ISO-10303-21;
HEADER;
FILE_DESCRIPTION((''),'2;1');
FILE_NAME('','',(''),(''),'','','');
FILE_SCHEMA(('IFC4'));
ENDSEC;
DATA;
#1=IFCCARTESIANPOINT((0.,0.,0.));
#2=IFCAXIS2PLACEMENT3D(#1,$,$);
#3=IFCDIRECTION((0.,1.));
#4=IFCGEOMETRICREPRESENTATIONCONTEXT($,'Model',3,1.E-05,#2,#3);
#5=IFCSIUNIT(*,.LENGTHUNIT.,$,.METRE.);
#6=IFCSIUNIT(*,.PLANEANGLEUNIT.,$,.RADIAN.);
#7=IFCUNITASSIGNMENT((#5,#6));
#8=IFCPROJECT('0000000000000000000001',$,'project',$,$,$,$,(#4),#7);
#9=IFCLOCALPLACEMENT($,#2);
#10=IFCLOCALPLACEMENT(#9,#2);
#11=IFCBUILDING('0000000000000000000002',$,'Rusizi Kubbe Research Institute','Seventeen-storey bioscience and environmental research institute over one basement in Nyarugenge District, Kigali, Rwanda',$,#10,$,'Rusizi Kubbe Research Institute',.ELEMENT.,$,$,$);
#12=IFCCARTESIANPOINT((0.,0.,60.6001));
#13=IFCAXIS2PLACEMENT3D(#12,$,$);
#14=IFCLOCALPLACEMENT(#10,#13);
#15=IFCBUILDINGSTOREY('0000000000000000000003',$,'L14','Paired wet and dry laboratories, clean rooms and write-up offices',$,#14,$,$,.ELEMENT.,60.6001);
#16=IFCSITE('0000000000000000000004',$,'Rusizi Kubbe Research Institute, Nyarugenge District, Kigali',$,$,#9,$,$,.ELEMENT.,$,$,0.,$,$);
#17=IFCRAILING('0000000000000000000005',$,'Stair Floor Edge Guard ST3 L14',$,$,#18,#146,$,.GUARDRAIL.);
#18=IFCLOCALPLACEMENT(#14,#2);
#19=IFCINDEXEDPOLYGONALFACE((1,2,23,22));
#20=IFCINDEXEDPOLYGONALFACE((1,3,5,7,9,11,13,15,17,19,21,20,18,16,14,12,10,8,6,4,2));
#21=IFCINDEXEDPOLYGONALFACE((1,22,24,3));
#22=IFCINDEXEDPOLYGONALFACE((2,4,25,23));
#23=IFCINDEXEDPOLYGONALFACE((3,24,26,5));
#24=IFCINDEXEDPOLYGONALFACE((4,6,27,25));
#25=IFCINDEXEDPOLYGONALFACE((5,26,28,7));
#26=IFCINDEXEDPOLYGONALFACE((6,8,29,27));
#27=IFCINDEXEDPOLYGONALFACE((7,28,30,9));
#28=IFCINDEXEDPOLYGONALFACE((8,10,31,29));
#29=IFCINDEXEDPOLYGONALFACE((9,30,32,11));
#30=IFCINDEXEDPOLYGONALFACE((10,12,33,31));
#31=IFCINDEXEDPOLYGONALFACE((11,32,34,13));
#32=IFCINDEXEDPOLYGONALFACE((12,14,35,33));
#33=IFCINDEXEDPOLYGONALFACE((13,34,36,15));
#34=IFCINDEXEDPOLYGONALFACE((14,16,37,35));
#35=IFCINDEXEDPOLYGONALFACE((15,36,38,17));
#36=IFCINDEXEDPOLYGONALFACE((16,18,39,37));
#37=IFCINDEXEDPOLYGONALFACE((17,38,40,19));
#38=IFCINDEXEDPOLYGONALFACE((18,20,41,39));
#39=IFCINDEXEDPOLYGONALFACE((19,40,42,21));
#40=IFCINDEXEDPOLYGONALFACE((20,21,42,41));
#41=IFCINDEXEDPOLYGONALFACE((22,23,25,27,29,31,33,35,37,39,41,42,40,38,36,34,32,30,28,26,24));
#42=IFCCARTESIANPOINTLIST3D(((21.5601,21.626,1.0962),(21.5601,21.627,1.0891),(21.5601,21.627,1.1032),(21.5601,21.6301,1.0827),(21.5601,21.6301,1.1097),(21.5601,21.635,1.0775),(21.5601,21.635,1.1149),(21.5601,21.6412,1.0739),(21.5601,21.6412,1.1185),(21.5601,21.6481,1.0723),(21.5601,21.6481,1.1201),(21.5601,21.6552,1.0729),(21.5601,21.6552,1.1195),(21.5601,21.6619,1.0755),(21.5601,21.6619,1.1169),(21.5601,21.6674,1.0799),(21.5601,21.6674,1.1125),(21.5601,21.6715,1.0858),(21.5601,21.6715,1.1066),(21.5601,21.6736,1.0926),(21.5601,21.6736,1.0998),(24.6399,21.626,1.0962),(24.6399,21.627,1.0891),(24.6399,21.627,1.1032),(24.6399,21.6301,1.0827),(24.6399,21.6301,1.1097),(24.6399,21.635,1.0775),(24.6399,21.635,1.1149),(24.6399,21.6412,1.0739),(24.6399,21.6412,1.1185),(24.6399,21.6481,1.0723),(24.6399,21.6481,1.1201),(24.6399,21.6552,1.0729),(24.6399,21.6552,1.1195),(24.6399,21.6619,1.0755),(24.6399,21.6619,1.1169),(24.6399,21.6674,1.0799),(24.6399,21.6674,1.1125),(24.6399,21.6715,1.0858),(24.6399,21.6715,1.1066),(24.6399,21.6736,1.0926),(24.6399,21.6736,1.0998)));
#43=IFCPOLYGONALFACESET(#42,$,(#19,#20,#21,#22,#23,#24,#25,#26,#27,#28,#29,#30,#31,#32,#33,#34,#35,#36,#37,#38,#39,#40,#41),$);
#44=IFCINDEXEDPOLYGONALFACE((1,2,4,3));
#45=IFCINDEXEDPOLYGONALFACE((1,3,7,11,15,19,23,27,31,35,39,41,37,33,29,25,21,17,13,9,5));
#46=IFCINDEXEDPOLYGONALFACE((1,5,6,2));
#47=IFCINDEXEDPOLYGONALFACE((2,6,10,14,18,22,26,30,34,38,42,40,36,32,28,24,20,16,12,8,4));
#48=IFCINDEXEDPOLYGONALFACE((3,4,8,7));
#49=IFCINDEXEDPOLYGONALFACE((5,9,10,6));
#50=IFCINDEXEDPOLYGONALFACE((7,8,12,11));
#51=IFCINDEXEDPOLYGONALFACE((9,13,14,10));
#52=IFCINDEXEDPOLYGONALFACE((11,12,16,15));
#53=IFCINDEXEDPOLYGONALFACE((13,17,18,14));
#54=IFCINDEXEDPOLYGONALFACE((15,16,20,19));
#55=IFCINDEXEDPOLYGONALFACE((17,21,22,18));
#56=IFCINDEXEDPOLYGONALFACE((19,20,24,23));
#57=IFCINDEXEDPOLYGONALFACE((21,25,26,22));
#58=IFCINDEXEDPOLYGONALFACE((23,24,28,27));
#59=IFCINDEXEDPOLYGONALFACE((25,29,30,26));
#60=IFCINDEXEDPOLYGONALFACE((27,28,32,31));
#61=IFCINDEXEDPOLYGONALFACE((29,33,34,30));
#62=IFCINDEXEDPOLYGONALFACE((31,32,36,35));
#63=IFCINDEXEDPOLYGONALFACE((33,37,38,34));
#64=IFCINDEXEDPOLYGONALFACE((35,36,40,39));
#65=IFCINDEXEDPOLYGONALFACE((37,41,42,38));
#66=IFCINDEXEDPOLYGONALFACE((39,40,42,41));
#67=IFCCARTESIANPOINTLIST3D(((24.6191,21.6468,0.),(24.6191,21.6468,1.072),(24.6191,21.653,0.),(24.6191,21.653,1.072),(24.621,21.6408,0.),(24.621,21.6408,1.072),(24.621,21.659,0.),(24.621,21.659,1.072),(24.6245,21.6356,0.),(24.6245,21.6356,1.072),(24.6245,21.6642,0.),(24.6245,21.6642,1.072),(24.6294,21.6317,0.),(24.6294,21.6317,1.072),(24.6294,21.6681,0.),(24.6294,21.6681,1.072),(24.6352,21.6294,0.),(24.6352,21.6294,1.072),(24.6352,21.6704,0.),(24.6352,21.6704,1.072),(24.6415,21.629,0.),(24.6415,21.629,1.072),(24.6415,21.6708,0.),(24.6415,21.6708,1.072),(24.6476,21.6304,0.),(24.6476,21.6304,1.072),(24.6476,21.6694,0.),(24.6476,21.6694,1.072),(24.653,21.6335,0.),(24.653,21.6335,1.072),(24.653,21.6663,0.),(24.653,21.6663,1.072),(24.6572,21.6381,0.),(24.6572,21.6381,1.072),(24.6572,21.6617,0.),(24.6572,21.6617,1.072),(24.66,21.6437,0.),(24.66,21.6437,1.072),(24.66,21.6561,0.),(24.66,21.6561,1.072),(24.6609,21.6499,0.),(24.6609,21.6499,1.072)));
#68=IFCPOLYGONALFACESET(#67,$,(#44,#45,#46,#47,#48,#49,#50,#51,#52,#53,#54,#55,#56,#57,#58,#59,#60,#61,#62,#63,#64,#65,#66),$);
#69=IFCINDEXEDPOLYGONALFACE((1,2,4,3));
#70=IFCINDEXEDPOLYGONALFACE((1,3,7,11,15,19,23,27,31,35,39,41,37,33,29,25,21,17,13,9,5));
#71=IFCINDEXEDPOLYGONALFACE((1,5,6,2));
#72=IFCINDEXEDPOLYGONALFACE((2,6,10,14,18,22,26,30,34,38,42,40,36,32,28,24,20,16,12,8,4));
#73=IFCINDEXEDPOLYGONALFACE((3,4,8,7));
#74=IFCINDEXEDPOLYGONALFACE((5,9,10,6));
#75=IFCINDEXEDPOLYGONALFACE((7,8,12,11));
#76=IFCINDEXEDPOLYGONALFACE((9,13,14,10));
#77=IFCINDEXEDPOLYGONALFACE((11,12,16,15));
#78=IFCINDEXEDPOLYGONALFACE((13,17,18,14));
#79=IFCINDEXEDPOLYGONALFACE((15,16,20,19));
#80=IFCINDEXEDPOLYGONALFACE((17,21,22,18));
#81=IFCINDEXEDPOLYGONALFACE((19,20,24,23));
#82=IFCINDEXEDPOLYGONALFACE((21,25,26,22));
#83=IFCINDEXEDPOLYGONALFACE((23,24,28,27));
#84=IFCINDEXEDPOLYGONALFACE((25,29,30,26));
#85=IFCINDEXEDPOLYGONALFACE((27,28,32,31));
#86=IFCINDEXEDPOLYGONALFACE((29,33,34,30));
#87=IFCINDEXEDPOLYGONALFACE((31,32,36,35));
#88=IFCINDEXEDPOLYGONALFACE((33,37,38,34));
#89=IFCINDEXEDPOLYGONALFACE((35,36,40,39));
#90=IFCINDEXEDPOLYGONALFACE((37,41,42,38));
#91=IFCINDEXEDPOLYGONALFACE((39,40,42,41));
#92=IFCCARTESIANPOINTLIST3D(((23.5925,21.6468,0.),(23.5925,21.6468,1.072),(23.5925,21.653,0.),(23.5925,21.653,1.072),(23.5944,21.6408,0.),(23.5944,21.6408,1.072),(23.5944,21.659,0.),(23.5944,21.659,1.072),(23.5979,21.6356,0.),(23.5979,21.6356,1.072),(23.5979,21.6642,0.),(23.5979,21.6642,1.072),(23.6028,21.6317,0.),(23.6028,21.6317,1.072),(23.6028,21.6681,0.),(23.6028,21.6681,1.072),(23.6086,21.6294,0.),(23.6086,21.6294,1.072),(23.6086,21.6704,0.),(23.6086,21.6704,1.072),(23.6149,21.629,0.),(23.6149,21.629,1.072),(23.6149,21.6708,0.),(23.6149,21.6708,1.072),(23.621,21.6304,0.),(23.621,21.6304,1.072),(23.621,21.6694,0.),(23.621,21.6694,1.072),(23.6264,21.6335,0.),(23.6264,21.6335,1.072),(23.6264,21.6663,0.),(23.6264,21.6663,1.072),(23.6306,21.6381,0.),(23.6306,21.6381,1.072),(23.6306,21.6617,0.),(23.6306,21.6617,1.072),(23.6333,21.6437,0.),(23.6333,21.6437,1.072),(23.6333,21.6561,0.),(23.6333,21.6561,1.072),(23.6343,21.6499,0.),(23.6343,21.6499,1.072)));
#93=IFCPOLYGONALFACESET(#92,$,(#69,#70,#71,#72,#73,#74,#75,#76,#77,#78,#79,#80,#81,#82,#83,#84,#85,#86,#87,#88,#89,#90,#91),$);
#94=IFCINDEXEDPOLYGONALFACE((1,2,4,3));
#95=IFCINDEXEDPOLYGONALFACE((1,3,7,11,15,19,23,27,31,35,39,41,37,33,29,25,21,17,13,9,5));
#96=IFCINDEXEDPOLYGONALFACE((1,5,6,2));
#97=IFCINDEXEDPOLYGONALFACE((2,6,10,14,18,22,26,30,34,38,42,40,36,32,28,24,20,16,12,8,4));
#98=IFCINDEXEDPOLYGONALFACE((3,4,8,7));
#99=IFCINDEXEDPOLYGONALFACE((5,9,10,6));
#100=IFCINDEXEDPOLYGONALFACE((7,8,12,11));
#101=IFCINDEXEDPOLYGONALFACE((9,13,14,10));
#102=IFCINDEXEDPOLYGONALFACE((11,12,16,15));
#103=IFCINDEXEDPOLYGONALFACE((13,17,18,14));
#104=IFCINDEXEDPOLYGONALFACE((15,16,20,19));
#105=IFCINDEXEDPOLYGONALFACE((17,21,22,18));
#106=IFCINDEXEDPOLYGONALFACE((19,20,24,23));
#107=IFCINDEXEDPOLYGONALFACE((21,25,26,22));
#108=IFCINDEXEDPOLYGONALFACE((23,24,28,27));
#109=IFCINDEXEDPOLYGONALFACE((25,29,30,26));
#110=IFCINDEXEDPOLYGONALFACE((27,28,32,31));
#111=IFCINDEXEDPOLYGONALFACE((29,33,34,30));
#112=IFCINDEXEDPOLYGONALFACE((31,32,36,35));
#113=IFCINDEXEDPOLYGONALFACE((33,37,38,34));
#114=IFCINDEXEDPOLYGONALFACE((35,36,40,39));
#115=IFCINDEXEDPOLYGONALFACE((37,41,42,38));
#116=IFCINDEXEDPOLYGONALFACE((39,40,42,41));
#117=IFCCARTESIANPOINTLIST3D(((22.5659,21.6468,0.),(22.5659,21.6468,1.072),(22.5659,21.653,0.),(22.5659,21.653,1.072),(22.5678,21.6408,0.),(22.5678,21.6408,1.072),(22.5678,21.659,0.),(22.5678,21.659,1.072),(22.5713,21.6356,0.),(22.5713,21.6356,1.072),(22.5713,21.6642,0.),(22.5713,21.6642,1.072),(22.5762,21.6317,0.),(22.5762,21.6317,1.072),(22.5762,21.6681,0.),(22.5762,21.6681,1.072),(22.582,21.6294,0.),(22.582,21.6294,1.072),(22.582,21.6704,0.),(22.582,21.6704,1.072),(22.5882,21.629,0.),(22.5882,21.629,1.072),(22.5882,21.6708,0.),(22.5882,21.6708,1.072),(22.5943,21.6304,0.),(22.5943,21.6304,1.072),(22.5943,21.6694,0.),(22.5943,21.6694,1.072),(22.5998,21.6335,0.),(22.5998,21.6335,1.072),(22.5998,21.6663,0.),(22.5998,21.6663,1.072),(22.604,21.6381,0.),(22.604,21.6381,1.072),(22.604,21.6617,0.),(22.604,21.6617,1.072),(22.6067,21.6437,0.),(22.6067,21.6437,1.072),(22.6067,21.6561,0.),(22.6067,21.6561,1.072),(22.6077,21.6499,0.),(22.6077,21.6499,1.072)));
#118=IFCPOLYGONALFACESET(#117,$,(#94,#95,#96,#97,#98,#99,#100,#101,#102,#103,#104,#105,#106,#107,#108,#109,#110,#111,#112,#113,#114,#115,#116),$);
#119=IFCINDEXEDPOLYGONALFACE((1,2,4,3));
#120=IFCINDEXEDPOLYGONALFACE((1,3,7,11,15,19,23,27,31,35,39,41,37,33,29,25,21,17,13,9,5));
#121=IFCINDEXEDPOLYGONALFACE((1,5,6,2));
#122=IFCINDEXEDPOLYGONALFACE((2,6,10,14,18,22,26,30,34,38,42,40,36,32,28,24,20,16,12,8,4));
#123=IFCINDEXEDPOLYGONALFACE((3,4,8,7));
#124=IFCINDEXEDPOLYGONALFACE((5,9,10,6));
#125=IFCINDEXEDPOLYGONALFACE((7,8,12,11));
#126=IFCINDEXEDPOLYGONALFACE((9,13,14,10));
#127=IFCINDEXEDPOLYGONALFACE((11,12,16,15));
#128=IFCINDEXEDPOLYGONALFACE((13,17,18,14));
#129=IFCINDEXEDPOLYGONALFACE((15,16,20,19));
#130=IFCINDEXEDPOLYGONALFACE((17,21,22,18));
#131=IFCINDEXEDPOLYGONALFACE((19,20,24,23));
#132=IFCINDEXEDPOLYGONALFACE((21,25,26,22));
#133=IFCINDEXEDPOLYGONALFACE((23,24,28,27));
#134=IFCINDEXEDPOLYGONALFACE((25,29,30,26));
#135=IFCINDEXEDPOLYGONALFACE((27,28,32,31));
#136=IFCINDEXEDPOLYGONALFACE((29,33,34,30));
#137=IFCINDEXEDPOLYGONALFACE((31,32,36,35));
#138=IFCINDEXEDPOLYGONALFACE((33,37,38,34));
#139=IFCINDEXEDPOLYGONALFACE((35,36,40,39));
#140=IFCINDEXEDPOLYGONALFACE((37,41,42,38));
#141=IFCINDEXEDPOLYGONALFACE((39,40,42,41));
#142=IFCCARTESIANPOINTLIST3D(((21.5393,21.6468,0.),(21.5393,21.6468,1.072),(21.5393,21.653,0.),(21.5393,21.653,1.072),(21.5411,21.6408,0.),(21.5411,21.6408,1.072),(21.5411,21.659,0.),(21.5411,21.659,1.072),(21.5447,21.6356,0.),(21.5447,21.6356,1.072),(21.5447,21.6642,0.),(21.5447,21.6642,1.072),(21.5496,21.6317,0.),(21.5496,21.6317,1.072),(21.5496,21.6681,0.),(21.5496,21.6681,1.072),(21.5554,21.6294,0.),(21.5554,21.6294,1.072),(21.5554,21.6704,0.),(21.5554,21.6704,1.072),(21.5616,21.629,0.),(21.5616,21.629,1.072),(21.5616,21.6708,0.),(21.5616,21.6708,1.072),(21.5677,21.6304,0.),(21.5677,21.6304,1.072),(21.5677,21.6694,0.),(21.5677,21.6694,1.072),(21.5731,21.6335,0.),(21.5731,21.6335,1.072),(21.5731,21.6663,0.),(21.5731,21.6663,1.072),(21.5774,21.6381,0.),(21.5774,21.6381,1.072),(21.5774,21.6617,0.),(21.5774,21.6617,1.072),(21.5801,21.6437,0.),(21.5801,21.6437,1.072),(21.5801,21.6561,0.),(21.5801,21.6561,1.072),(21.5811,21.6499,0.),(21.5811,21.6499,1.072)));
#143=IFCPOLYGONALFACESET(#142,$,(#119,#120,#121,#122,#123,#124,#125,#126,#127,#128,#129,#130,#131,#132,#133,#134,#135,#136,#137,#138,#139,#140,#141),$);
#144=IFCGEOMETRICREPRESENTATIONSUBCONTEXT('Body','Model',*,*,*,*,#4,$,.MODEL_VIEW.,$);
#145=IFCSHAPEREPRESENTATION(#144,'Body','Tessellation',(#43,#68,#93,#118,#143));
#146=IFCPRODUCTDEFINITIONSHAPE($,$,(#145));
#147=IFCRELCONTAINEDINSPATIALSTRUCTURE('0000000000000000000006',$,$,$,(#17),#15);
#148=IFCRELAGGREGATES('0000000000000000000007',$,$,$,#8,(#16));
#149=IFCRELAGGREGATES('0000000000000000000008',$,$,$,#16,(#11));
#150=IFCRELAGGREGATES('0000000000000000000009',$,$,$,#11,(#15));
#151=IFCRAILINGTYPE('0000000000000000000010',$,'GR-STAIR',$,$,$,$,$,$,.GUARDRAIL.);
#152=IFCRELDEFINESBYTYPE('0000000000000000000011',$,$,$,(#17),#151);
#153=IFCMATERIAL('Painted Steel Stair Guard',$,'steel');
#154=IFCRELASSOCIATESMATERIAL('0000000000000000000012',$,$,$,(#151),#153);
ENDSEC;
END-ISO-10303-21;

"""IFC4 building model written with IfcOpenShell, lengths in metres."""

from ifc_helpers import new_model, si_unit, direction, frame, origin, origin_2d, place, context, subcontext, project, spatial, circle, extrude, material, type_object, element, save


model = new_model("IFC4")

# Units and contexts
model_context = context("Model", 3, precision=1e-05, world=origin(), true_north=direction((0.0, 1.0)))
body_context = subcontext(model_context, "Body", "Model", "MODEL_VIEW")
ifc_project = project(units=[si_unit("LENGTHUNIT", "METRE"), si_unit("PLANEANGLEUNIT", "RADIAN")], contexts=[model_context])

# Site, building, storey
site_placement = place(None, origin())
site = spatial("IfcSite", under=ifc_project, at=site_placement, Name="Rusizi Kubbe Research Institute, Nyarugenge District, Kigali", CompositionType="ELEMENT", RefElevation=0.0)
building_placement = place(site_placement, origin())
building = spatial("IfcBuilding", under=site, at=building_placement, Name="Rusizi Kubbe Research Institute", Description="Seventeen-storey bioscience and environmental research institute over one basement in Nyarugenge District, Kigali, Rwanda", LongName="Rusizi Kubbe Research Institute", CompositionType="ELEMENT")
storey_placement = place(building_placement, frame((0.0, 0.0, 60.6001)))
storey = spatial("IfcBuildingStorey", under=building, at=storey_placement, Name="L14", Description="Paired wet and dry laboratories, clean rooms and write-up offices", CompositionType="ELEMENT", Elevation=60.6001)

# Railing
ifc_material_1 = material(Name="Painted Steel Stair Guard", Category="steel")
railing_type_1 = type_object("IfcRailingType", Name="GR-STAIR", PredefinedType="GUARDRAIL", material=ifc_material_1)
railing_1_placement = place(storey_placement, frame((24.6399, 21.6499, 0.0)))
element("IfcRailing", 1, at=railing_1_placement, inside=storey, type_object=railing_type_1, Name="Stair Floor Edge Guard ST3 L14", PredefinedType="GUARDRAIL", context=body_context, shape_type="SweptSolid", body=[
    extrude(circle(Radius=0.0239, at=origin_2d()), frame((0.0, 0.0, 1.0962), z_axis=(-1.0, 0.0, 0.0), x_axis=(0.0, -1.0, 0.0)), (0.0, 0.0, 1.0), 3.0798),
    extrude(circle(Radius=0.021, at=origin_2d()), origin(), (0.0, 0.0, 1.0), 1.072),
    extrude(circle(Radius=0.021, at=origin_2d()), frame((-1.0266, 0.0, 0.0)), (0.0, 0.0, 1.0), 1.072),
    extrude(circle(Radius=0.021, at=origin_2d()), frame((-2.0532, 0.0, 0.0)), (0.0, 0.0, 1.0), 1.072),
    extrude(circle(Radius=0.021, at=origin_2d()), frame((-3.0798, 0.0, 0.0)), (0.0, 0.0, 1.0), 1.072),
])

save(model, "model.ifc")
